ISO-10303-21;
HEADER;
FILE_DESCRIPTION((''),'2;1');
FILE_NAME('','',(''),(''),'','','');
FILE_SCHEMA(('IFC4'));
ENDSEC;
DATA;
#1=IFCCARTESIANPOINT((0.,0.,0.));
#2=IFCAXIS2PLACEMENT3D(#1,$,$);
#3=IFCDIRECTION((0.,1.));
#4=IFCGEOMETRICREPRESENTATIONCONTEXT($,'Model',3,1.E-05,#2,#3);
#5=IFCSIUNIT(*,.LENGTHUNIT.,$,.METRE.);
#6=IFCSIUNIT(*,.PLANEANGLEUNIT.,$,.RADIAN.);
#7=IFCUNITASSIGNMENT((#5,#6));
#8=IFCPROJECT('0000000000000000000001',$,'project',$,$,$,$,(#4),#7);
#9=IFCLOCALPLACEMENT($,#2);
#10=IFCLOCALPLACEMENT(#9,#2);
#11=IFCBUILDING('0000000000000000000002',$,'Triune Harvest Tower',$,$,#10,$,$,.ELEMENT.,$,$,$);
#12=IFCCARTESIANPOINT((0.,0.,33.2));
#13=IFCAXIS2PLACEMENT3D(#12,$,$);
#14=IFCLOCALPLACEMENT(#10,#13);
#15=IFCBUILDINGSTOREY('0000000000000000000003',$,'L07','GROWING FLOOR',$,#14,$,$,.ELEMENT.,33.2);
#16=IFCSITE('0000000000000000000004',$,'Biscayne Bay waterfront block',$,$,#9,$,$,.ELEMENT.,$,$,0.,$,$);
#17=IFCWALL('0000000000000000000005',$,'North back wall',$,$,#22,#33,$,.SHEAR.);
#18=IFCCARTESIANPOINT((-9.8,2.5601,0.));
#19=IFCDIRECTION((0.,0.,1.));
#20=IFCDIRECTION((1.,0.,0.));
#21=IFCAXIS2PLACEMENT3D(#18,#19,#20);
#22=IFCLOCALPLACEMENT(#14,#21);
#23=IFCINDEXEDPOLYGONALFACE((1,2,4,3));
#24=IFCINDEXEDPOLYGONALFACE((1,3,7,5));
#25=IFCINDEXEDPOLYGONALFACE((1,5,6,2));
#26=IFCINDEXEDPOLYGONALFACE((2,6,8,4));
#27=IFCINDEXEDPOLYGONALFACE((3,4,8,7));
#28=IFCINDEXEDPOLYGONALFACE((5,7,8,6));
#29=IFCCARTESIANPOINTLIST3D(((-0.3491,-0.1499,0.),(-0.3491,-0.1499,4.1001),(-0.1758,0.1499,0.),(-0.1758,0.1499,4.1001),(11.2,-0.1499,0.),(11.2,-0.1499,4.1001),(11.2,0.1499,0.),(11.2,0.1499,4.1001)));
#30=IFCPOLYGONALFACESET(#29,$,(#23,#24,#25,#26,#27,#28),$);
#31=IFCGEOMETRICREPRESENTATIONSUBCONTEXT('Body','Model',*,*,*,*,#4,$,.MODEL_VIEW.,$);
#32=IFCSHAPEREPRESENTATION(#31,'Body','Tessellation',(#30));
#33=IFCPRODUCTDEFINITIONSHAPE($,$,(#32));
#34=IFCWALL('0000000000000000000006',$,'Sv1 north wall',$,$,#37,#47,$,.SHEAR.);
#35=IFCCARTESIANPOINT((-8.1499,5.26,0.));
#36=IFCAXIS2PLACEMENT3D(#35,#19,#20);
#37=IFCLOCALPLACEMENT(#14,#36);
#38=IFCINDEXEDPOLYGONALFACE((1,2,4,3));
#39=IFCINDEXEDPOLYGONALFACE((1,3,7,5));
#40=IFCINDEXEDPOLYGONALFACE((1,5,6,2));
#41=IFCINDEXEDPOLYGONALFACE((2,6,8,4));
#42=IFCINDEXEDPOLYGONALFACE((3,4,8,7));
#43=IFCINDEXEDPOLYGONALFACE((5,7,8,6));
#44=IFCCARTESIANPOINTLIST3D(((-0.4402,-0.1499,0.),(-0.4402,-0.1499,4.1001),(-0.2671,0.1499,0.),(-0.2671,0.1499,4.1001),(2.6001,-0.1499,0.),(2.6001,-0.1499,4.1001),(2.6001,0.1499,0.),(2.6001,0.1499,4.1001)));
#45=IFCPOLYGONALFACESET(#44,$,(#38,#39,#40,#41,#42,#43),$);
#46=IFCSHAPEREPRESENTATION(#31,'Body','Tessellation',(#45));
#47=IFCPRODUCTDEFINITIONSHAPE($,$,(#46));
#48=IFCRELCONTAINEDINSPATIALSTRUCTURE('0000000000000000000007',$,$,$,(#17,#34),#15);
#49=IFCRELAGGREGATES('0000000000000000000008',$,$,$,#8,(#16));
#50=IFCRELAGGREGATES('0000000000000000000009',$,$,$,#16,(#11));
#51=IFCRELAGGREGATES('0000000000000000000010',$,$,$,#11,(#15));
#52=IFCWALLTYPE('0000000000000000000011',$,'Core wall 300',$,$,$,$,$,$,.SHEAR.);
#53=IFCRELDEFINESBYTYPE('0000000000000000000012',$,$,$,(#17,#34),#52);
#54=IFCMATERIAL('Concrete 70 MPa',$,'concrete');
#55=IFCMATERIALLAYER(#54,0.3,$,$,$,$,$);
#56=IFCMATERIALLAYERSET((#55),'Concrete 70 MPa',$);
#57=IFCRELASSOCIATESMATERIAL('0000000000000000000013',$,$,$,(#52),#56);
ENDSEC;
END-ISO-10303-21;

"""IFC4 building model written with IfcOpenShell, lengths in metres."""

from ifc_helpers import new_model, si_unit, direction, frame, origin, place, context, subcontext, project, spatial, polyline, outline, extrude, source, transform, mapped, material, layer, layer_set, type_object, element, save


model = new_model("IFC4")

# Units and contexts
model_context = context("Model", 3, precision=1e-05, world=origin(), true_north=direction((0.0, 1.0)))
body_context = subcontext(model_context, "Body", "Model", "MODEL_VIEW")
ifc_project = project(units=[si_unit("LENGTHUNIT", "METRE"), si_unit("PLANEANGLEUNIT", "RADIAN")], contexts=[model_context])

# Site, building, storey
site_placement = place(None, origin())
site = spatial("IfcSite", under=ifc_project, at=site_placement, Name="Biscayne Bay waterfront block", CompositionType="ELEMENT", RefElevation=0.0)
building_placement = place(site_placement, origin())
building = spatial("IfcBuilding", under=site, at=building_placement, Name="Triune Harvest Tower", CompositionType="ELEMENT")
storey_placement = place(building_placement, frame((0.0, 0.0, 33.2)))
storey = spatial("IfcBuildingStorey", under=building, at=storey_placement, Name="L07", Description="GROWING FLOOR", CompositionType="ELEMENT", Elevation=33.2)

# Shared definitions
ifc_material_1 = material(Name="Concrete 70 MPa", Category="concrete")
ifc_layer_1 = layer(ifc_material_1, 0.3)
ifc_layer_set_1 = layer_set([ifc_layer_1], Name="Concrete 70 MPa")
wall_type = type_object("IfcWallType", Name="Core wall 300", PredefinedType="SHEAR", material=ifc_layer_set_1)

# Wall
shared_shape_1 = source(origin(), body_context, "Body", "SweptSolid", [
    extrude(outline(polyline([(11.2, -0.1499), (-0.3491, -0.1499), (-0.1758, 0.1499), (11.2, 0.1499), (11.2, -0.1499)])), origin(), (0.0, 0.0, 1.0), 4.1001),
])
wall_1_placement = place(storey_placement, frame((-9.8, 2.5601, 0.0), z_axis=(0.0, 0.0, 1.0), x_axis=(1.0, 0.0, 0.0)))
element("IfcWall", 1, at=wall_1_placement, inside=storey, type_object=wall_type, Name="North back wall", PredefinedType="SHEAR", context=body_context, shape_type="MappedRepresentation", body=[
    mapped(shared_shape_1, transform((0.0, 0.0, 0.0), scale=1.0)),
])

# Wall
shared_shape_2 = source(origin(), body_context, "Body", "SweptSolid", [
    extrude(outline(polyline([(2.6001, -0.1499), (-0.4402, -0.1499), (-0.2671, 0.1499), (2.6001, 0.1499), (2.6001, -0.1499)])), origin(), (0.0, 0.0, 1.0), 4.1001),
])
wall_2_placement = place(storey_placement, frame((-8.1499, 5.26, 0.0), z_axis=(0.0, 0.0, 1.0), x_axis=(1.0, 0.0, 0.0)))
element("IfcWall", 2, at=wall_2_placement, inside=storey, type_object=wall_type, Name="Sv1 north wall", PredefinedType="SHEAR", context=body_context, shape_type="MappedRepresentation", body=[
    mapped(shared_shape_2, transform((0.0, 0.0, 0.0), scale=1.0)),
])

save(model, "model.ifc")
